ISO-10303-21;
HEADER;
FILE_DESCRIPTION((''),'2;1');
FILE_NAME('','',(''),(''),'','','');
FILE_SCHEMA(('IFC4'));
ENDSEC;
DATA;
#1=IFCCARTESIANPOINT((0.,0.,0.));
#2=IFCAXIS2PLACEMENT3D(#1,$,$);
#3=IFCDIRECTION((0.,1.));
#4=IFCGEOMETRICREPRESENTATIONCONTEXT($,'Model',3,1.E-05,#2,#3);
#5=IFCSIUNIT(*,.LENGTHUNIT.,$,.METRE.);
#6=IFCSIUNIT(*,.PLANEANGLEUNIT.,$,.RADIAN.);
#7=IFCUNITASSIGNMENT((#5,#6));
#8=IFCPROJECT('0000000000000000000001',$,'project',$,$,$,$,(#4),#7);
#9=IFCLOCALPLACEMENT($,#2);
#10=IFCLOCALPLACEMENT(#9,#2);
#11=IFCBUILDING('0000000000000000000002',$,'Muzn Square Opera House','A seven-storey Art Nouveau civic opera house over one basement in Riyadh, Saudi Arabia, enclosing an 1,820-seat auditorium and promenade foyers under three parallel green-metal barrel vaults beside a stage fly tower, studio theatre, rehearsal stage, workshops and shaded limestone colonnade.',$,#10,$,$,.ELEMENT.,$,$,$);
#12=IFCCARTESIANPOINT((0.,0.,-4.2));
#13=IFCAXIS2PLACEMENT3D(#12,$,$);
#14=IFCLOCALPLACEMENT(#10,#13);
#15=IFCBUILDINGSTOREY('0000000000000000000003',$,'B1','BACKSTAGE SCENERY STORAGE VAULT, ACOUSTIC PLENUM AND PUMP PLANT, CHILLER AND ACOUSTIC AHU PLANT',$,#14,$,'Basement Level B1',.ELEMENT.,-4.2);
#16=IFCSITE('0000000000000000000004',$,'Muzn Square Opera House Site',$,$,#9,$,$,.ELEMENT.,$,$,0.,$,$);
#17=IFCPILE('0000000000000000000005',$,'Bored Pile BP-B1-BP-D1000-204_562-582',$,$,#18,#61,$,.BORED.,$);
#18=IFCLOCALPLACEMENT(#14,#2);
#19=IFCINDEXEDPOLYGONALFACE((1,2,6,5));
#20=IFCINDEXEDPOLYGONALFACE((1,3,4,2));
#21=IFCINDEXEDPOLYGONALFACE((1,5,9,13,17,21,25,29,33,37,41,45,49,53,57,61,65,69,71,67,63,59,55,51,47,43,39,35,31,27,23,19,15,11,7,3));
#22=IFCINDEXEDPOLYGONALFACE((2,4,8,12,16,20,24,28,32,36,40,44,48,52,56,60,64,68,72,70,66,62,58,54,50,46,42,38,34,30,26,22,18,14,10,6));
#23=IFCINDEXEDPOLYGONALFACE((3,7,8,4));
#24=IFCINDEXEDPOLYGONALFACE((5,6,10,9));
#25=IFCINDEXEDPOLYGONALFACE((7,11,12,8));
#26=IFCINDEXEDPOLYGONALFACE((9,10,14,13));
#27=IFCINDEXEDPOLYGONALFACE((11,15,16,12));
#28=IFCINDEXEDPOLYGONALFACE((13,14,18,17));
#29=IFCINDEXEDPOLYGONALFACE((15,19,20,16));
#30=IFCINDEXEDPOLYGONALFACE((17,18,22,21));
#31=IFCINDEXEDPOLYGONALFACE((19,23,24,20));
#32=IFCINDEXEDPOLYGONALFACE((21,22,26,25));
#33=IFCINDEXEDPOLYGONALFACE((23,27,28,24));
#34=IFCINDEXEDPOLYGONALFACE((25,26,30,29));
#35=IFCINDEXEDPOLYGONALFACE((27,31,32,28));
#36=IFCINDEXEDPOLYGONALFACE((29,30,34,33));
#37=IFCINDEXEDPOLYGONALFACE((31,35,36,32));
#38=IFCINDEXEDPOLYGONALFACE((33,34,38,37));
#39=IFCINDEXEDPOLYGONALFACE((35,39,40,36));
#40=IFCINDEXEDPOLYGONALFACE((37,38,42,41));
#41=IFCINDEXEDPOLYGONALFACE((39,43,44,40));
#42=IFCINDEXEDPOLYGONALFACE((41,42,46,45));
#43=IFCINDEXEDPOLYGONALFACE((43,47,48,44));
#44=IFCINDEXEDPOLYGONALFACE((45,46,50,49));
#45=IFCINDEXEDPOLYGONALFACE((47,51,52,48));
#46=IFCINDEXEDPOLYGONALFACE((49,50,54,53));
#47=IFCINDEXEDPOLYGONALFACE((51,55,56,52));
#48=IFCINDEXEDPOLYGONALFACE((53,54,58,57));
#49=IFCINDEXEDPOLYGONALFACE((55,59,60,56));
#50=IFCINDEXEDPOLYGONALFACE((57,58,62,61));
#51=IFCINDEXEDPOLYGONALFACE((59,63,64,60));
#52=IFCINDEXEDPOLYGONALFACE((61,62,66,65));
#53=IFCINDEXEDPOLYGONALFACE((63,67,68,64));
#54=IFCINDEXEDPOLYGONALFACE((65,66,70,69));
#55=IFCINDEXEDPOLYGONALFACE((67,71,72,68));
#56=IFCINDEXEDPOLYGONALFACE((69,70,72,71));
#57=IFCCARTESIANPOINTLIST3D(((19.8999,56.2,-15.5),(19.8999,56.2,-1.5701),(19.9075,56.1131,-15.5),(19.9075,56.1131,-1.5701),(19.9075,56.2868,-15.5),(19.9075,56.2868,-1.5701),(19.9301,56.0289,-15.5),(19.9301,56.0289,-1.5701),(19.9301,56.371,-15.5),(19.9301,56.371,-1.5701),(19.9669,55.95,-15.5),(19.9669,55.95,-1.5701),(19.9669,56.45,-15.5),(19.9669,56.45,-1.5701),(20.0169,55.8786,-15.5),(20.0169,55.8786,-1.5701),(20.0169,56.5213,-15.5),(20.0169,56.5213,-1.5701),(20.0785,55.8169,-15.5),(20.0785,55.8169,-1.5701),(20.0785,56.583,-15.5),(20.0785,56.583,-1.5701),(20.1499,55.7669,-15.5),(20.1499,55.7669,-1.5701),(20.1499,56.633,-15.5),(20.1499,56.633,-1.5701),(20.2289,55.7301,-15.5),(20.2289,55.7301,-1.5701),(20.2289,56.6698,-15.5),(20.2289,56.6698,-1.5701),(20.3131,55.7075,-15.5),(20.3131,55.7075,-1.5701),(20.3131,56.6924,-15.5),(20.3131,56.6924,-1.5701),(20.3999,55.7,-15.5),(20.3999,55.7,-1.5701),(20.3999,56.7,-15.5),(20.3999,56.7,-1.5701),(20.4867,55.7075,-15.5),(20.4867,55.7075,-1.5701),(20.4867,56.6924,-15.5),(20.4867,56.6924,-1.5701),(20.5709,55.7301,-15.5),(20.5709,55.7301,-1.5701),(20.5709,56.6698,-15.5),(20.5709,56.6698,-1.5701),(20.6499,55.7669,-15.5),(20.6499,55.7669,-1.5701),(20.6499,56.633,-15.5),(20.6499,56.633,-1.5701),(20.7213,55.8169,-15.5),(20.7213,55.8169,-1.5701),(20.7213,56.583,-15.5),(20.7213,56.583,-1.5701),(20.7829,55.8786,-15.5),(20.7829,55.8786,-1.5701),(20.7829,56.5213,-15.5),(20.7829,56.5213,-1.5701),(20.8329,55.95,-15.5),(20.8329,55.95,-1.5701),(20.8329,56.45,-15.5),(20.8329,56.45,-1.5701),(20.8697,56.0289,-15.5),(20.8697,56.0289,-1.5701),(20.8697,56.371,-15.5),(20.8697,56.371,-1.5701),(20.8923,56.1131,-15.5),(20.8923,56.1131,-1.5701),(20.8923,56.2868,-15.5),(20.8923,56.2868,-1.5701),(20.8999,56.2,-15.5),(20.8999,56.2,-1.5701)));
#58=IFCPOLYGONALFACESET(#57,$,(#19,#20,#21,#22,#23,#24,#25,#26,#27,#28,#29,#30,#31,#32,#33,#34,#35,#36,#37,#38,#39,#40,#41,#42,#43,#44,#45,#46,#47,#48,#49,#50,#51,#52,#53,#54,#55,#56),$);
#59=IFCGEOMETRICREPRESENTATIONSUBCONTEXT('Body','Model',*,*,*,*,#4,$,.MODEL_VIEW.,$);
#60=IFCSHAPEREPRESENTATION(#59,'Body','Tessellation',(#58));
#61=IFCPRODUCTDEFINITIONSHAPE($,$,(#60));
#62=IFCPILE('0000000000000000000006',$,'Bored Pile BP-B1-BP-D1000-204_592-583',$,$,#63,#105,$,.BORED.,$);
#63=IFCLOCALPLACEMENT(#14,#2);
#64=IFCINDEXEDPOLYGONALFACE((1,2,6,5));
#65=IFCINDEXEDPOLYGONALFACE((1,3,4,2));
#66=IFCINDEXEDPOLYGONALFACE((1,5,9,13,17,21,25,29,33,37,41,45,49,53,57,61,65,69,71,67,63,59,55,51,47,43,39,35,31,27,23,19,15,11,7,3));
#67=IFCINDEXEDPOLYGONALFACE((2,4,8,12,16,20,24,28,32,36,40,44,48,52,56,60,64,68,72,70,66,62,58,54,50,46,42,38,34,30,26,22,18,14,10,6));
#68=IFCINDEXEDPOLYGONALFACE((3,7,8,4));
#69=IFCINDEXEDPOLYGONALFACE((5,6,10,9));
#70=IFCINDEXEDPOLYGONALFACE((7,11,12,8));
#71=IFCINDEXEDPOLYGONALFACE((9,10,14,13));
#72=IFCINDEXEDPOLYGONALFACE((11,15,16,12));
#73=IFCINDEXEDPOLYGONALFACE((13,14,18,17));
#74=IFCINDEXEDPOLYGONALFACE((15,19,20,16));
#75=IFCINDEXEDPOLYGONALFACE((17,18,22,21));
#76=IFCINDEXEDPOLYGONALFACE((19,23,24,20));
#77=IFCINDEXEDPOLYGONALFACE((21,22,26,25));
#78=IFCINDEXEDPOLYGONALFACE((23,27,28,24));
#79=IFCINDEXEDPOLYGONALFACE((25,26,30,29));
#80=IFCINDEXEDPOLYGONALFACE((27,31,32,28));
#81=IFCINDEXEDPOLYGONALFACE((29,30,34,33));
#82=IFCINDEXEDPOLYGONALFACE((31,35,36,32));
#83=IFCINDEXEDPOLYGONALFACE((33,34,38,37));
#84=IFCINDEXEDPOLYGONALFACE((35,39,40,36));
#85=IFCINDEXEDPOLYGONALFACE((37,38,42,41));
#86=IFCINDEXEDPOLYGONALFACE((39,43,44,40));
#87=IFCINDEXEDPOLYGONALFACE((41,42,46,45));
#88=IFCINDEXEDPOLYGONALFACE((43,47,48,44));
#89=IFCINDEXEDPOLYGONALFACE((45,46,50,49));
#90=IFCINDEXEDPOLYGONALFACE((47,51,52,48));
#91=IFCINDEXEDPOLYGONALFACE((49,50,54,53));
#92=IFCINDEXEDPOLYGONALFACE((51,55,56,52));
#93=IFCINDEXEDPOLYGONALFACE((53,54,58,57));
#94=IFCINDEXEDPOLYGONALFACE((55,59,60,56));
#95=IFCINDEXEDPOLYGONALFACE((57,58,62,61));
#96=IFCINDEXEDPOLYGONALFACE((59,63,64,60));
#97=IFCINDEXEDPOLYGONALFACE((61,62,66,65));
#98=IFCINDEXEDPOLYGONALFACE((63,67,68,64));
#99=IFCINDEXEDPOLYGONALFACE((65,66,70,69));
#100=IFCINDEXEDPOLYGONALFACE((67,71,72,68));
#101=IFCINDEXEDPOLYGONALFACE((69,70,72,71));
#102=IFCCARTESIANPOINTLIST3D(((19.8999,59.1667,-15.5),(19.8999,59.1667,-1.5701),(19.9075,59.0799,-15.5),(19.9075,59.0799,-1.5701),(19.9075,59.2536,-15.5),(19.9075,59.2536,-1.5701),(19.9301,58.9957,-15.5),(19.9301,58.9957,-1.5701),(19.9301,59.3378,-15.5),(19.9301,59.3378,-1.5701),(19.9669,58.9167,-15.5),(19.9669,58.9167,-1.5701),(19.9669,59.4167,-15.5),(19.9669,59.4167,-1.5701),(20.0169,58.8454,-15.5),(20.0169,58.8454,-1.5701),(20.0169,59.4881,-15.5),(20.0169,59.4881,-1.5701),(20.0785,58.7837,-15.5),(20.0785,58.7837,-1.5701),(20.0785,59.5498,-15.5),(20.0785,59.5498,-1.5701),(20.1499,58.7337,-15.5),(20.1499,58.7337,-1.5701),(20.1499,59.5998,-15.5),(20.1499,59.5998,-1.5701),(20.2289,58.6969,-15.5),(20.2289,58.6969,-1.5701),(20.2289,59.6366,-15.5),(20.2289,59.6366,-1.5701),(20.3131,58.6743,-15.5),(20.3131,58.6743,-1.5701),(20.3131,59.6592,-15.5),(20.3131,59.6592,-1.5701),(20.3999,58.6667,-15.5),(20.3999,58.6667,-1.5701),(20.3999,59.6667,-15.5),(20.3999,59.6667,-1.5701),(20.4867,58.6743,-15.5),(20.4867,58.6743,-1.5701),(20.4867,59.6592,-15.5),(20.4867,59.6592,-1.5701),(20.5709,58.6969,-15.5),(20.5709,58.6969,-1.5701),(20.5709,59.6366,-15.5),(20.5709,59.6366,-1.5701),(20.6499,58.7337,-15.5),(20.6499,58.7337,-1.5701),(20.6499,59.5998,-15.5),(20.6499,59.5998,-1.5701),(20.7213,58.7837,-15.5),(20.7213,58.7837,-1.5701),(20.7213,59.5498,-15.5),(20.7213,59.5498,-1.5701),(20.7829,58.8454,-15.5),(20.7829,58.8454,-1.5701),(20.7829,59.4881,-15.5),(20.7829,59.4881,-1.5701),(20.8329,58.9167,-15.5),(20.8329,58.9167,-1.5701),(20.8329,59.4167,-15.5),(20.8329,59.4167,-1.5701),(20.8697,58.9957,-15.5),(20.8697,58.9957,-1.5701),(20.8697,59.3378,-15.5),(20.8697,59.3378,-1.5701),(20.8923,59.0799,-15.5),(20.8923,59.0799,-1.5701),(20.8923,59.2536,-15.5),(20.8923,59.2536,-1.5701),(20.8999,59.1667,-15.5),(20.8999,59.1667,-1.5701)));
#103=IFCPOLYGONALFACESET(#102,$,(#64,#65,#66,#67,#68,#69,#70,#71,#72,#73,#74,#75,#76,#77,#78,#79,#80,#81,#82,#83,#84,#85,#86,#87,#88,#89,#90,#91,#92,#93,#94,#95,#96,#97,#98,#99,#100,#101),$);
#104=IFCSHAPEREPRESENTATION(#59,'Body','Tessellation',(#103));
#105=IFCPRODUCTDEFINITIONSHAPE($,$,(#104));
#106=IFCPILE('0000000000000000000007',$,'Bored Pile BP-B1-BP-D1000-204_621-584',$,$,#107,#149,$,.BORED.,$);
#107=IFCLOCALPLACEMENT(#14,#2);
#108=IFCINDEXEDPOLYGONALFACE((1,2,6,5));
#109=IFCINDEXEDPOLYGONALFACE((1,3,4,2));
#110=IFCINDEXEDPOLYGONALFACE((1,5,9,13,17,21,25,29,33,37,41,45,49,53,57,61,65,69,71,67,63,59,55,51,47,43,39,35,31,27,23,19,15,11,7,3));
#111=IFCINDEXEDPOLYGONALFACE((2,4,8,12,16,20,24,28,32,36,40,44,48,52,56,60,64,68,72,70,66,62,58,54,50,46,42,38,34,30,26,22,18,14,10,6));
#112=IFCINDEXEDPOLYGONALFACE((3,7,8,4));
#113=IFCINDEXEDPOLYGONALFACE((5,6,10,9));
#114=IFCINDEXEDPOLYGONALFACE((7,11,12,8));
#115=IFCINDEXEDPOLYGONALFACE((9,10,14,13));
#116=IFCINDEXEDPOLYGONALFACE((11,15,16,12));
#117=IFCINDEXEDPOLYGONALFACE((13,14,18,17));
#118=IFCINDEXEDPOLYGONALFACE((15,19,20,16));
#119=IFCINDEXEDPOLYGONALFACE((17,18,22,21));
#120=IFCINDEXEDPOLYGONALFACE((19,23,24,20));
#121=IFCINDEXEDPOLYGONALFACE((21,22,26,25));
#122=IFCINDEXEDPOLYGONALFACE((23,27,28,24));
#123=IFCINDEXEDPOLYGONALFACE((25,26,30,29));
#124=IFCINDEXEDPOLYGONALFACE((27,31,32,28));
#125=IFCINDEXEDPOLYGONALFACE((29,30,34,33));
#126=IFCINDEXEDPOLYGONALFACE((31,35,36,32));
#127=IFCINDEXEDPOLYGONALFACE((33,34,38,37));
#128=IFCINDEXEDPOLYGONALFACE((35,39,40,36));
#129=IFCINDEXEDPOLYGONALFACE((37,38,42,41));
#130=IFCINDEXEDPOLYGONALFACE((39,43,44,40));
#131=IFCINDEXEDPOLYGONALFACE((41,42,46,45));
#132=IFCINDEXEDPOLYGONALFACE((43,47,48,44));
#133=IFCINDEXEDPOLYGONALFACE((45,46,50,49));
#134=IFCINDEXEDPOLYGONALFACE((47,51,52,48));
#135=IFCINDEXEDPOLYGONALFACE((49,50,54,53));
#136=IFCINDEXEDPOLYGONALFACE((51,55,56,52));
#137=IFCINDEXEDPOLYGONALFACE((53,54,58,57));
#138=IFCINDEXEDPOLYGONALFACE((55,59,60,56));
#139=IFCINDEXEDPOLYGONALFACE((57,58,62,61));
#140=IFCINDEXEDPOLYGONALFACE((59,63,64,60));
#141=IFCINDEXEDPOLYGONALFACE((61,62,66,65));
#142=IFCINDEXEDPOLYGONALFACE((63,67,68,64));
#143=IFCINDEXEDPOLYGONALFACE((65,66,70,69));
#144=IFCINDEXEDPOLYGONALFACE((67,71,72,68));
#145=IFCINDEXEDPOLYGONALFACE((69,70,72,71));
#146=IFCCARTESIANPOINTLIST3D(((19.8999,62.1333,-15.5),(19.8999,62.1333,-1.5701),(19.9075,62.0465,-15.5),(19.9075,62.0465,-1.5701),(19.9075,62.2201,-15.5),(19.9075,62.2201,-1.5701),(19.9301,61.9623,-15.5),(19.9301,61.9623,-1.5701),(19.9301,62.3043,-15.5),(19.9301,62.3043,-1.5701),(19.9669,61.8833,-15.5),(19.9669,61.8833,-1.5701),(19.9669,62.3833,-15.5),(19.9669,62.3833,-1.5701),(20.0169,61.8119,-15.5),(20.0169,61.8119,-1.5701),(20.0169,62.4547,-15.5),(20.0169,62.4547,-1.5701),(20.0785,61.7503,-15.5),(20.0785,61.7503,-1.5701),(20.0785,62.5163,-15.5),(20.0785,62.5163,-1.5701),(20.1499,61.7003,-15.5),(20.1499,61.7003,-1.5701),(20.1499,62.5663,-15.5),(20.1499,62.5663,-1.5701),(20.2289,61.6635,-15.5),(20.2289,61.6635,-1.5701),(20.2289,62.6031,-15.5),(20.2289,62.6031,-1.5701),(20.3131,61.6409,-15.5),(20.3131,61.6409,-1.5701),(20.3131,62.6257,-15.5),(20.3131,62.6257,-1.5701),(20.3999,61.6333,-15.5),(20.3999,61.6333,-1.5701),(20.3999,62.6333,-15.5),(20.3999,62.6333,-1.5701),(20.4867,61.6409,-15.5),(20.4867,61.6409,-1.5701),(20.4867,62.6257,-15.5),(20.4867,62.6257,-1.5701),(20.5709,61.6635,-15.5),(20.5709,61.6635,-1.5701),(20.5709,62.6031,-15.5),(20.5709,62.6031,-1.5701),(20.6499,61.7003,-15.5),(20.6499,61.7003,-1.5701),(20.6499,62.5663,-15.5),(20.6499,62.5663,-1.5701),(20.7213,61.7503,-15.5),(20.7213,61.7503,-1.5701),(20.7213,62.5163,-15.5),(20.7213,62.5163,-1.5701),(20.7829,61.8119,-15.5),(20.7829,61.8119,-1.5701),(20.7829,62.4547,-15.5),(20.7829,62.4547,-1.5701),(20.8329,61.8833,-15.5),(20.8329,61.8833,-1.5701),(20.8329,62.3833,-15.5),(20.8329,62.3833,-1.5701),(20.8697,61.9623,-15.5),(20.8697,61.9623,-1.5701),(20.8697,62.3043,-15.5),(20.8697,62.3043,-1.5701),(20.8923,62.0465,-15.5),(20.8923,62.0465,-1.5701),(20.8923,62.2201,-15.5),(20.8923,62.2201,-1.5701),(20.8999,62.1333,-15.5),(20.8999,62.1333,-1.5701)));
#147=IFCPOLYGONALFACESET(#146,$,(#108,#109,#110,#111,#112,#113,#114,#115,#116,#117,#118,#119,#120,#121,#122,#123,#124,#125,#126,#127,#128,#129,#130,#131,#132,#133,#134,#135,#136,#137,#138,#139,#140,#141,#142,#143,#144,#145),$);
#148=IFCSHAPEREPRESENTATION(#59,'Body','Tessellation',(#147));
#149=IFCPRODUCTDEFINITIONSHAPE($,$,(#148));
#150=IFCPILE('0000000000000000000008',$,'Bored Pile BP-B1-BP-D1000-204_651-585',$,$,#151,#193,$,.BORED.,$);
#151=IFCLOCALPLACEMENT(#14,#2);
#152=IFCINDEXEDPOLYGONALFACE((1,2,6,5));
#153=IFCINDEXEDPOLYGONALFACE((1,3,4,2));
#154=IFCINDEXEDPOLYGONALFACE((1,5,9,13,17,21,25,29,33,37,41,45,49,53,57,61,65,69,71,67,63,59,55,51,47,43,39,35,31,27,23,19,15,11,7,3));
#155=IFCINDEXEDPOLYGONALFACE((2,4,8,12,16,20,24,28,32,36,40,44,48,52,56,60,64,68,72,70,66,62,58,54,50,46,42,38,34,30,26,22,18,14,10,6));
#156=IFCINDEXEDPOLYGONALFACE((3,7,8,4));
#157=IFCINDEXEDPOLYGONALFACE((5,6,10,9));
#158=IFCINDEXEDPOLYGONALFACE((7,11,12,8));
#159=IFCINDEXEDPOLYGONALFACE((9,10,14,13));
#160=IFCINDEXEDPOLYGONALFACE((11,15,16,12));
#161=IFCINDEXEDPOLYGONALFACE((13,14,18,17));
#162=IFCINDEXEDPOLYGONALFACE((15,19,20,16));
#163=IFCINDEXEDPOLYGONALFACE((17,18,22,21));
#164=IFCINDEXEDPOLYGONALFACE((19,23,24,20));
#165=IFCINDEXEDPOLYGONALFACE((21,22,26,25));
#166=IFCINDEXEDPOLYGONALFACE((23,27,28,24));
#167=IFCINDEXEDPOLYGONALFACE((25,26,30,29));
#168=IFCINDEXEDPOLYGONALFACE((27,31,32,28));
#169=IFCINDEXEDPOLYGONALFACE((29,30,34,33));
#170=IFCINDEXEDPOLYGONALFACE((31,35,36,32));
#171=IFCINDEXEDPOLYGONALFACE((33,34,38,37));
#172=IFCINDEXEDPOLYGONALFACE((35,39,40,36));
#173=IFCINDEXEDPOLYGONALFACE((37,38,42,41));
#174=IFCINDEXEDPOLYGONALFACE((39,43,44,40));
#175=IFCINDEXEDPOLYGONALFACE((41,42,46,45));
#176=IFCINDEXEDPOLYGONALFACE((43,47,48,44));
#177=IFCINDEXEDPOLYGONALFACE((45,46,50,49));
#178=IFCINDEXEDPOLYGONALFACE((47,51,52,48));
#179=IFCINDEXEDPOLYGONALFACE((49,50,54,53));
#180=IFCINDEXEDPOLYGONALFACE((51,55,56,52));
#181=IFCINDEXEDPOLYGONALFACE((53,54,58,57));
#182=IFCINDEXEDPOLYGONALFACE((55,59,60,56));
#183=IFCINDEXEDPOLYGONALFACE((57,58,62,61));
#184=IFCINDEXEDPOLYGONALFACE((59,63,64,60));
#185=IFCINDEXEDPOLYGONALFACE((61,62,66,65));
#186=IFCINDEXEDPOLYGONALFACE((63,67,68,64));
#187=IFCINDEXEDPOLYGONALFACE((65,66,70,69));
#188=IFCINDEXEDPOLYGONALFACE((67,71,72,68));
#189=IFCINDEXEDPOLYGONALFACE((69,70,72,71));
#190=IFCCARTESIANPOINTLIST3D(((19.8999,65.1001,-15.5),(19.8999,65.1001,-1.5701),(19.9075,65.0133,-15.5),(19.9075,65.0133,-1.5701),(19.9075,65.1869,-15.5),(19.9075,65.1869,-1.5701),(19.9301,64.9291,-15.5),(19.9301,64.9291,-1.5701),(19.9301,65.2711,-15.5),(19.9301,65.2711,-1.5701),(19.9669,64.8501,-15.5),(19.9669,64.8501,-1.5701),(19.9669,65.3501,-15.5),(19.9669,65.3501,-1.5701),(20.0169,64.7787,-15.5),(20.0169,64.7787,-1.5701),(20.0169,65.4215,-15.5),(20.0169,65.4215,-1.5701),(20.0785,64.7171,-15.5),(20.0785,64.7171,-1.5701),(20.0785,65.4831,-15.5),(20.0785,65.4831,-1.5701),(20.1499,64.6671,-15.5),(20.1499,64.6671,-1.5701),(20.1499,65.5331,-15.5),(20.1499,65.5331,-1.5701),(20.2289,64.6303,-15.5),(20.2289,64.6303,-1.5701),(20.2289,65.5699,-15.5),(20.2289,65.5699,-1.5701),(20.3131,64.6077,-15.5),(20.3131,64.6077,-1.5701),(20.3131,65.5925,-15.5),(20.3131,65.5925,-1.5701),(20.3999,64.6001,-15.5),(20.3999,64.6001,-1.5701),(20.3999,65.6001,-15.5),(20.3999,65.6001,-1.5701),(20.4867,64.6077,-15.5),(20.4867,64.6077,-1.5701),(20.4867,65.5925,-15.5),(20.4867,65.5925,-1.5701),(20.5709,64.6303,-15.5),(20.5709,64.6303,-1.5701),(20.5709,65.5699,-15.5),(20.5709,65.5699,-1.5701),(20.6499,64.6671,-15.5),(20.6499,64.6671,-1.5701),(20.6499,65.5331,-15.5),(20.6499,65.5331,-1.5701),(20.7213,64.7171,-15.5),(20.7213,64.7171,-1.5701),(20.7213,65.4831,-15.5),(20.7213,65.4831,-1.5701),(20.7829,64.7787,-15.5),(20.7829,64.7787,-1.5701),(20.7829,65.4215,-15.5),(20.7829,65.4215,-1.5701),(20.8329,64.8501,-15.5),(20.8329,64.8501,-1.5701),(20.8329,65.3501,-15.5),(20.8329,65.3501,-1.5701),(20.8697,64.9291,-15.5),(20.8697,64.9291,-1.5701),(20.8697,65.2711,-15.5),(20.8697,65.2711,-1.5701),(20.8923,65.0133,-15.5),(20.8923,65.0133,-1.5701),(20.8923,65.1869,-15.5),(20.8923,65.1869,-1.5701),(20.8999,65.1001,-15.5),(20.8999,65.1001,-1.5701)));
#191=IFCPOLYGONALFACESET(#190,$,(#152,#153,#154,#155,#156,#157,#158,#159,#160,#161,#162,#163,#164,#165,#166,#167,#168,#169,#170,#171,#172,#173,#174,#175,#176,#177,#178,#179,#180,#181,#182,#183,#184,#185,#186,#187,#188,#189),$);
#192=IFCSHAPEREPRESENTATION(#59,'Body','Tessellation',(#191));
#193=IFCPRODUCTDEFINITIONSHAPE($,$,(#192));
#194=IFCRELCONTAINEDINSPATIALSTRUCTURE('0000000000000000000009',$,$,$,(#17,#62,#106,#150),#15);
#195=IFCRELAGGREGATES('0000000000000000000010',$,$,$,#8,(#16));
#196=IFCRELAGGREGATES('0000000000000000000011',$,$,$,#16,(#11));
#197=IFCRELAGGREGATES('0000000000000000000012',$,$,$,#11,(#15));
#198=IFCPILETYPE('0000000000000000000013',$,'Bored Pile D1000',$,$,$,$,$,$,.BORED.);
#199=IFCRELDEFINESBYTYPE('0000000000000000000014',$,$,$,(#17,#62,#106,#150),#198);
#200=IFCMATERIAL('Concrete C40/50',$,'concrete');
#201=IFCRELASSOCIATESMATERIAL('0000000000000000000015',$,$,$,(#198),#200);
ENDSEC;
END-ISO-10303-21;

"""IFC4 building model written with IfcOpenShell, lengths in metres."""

from ifc_helpers import new_model, si_unit, direction, frame, origin, origin_2d, place, context, subcontext, project, spatial, circle, extrude, material, material_profile, profile_set, type_object, element, save


model = new_model("IFC4")

# Units and contexts
model_context = context("Model", 3, precision=1e-05, world=origin(), true_north=direction((0.0, 1.0)))
body_context = subcontext(model_context, "Body", "Model", "MODEL_VIEW")
ifc_project = project(units=[si_unit("LENGTHUNIT", "METRE"), si_unit("PLANEANGLEUNIT", "RADIAN")], contexts=[model_context])

# Site, building, storey
site_placement = place(None, origin())
site = spatial("IfcSite", under=ifc_project, at=site_placement, Name="Muzn Square Opera House Site", CompositionType="ELEMENT", RefElevation=0.0)
building_placement = place(site_placement, origin())
building = spatial("IfcBuilding", under=site, at=building_placement, Name="Muzn Square Opera House", Description="A seven-storey Art Nouveau civic opera house over one basement in Riyadh, Saudi Arabia, enclosing an 1,820-seat auditorium and promenade foyers under three parallel green-metal barrel vaults beside a stage fly tower, studio theatre, rehearsal stage, workshops and shaded limestone colonnade.", CompositionType="ELEMENT")
storey_placement = place(building_placement, frame((0.0, 0.0, -4.2)))
storey = spatial("IfcBuildingStorey", under=building, at=storey_placement, Name="B1", Description="BACKSTAGE SCENERY STORAGE VAULT, ACOUSTIC PLENUM AND PUMP PLANT, CHILLER AND ACOUSTIC AHU PLANT", LongName="Basement Level B1", CompositionType="ELEMENT", Elevation=-4.2)

# Piles
ifc_material_1 = material(Name="Concrete C40/50", Category="concrete")
ifc_material_profile_1 = material_profile(ifc_material_1, circle(Radius=0.5, at=origin_2d()), Name="BORED PILE D1000", Category="concrete")
ifc_profile_set_1 = profile_set([ifc_material_profile_1], Name="Concrete C40/50")
pile_type = type_object("IfcPileType", Name="Bored Pile D1000", PredefinedType="BORED", material=ifc_profile_set_1)
for number, where, z_axis, x_axis, name in (
    (1, (20.3999, 56.2, -1.5701), (0.0, 0.0, -1.0), (1.0, 0.0, 0.0), "Bored Pile BP-B1-BP-D1000-204_562-582"),
    (2, (20.3999, 59.1667, -1.5701), (0.0, 0.0, -1.0), (1.0, 0.0, 0.0), "Bored Pile BP-B1-BP-D1000-204_592-583"),
    (3, (20.3999, 62.1333, -1.5701), (0.0, 0.0, -1.0), (1.0, 0.0, 0.0), "Bored Pile BP-B1-BP-D1000-204_621-584"),
    (4, (20.3999, 65.1001, -1.5701), (0.0, 0.0, -1.0), (1.0, 0.0, 0.0), "Bored Pile BP-B1-BP-D1000-204_651-585"),
):
    element("IfcPile", number, at=place(storey_placement, frame(where, z_axis=z_axis, x_axis=x_axis)), inside=storey, type_object=pile_type, Name=name, PredefinedType="BORED", context=body_context, shape_type="SweptSolid", body=[
        extrude(circle(Radius=0.5, at=origin_2d()), origin(), (0.0, 0.0, 1.0), 13.9299),
    ])

save(model, "model.ifc")
